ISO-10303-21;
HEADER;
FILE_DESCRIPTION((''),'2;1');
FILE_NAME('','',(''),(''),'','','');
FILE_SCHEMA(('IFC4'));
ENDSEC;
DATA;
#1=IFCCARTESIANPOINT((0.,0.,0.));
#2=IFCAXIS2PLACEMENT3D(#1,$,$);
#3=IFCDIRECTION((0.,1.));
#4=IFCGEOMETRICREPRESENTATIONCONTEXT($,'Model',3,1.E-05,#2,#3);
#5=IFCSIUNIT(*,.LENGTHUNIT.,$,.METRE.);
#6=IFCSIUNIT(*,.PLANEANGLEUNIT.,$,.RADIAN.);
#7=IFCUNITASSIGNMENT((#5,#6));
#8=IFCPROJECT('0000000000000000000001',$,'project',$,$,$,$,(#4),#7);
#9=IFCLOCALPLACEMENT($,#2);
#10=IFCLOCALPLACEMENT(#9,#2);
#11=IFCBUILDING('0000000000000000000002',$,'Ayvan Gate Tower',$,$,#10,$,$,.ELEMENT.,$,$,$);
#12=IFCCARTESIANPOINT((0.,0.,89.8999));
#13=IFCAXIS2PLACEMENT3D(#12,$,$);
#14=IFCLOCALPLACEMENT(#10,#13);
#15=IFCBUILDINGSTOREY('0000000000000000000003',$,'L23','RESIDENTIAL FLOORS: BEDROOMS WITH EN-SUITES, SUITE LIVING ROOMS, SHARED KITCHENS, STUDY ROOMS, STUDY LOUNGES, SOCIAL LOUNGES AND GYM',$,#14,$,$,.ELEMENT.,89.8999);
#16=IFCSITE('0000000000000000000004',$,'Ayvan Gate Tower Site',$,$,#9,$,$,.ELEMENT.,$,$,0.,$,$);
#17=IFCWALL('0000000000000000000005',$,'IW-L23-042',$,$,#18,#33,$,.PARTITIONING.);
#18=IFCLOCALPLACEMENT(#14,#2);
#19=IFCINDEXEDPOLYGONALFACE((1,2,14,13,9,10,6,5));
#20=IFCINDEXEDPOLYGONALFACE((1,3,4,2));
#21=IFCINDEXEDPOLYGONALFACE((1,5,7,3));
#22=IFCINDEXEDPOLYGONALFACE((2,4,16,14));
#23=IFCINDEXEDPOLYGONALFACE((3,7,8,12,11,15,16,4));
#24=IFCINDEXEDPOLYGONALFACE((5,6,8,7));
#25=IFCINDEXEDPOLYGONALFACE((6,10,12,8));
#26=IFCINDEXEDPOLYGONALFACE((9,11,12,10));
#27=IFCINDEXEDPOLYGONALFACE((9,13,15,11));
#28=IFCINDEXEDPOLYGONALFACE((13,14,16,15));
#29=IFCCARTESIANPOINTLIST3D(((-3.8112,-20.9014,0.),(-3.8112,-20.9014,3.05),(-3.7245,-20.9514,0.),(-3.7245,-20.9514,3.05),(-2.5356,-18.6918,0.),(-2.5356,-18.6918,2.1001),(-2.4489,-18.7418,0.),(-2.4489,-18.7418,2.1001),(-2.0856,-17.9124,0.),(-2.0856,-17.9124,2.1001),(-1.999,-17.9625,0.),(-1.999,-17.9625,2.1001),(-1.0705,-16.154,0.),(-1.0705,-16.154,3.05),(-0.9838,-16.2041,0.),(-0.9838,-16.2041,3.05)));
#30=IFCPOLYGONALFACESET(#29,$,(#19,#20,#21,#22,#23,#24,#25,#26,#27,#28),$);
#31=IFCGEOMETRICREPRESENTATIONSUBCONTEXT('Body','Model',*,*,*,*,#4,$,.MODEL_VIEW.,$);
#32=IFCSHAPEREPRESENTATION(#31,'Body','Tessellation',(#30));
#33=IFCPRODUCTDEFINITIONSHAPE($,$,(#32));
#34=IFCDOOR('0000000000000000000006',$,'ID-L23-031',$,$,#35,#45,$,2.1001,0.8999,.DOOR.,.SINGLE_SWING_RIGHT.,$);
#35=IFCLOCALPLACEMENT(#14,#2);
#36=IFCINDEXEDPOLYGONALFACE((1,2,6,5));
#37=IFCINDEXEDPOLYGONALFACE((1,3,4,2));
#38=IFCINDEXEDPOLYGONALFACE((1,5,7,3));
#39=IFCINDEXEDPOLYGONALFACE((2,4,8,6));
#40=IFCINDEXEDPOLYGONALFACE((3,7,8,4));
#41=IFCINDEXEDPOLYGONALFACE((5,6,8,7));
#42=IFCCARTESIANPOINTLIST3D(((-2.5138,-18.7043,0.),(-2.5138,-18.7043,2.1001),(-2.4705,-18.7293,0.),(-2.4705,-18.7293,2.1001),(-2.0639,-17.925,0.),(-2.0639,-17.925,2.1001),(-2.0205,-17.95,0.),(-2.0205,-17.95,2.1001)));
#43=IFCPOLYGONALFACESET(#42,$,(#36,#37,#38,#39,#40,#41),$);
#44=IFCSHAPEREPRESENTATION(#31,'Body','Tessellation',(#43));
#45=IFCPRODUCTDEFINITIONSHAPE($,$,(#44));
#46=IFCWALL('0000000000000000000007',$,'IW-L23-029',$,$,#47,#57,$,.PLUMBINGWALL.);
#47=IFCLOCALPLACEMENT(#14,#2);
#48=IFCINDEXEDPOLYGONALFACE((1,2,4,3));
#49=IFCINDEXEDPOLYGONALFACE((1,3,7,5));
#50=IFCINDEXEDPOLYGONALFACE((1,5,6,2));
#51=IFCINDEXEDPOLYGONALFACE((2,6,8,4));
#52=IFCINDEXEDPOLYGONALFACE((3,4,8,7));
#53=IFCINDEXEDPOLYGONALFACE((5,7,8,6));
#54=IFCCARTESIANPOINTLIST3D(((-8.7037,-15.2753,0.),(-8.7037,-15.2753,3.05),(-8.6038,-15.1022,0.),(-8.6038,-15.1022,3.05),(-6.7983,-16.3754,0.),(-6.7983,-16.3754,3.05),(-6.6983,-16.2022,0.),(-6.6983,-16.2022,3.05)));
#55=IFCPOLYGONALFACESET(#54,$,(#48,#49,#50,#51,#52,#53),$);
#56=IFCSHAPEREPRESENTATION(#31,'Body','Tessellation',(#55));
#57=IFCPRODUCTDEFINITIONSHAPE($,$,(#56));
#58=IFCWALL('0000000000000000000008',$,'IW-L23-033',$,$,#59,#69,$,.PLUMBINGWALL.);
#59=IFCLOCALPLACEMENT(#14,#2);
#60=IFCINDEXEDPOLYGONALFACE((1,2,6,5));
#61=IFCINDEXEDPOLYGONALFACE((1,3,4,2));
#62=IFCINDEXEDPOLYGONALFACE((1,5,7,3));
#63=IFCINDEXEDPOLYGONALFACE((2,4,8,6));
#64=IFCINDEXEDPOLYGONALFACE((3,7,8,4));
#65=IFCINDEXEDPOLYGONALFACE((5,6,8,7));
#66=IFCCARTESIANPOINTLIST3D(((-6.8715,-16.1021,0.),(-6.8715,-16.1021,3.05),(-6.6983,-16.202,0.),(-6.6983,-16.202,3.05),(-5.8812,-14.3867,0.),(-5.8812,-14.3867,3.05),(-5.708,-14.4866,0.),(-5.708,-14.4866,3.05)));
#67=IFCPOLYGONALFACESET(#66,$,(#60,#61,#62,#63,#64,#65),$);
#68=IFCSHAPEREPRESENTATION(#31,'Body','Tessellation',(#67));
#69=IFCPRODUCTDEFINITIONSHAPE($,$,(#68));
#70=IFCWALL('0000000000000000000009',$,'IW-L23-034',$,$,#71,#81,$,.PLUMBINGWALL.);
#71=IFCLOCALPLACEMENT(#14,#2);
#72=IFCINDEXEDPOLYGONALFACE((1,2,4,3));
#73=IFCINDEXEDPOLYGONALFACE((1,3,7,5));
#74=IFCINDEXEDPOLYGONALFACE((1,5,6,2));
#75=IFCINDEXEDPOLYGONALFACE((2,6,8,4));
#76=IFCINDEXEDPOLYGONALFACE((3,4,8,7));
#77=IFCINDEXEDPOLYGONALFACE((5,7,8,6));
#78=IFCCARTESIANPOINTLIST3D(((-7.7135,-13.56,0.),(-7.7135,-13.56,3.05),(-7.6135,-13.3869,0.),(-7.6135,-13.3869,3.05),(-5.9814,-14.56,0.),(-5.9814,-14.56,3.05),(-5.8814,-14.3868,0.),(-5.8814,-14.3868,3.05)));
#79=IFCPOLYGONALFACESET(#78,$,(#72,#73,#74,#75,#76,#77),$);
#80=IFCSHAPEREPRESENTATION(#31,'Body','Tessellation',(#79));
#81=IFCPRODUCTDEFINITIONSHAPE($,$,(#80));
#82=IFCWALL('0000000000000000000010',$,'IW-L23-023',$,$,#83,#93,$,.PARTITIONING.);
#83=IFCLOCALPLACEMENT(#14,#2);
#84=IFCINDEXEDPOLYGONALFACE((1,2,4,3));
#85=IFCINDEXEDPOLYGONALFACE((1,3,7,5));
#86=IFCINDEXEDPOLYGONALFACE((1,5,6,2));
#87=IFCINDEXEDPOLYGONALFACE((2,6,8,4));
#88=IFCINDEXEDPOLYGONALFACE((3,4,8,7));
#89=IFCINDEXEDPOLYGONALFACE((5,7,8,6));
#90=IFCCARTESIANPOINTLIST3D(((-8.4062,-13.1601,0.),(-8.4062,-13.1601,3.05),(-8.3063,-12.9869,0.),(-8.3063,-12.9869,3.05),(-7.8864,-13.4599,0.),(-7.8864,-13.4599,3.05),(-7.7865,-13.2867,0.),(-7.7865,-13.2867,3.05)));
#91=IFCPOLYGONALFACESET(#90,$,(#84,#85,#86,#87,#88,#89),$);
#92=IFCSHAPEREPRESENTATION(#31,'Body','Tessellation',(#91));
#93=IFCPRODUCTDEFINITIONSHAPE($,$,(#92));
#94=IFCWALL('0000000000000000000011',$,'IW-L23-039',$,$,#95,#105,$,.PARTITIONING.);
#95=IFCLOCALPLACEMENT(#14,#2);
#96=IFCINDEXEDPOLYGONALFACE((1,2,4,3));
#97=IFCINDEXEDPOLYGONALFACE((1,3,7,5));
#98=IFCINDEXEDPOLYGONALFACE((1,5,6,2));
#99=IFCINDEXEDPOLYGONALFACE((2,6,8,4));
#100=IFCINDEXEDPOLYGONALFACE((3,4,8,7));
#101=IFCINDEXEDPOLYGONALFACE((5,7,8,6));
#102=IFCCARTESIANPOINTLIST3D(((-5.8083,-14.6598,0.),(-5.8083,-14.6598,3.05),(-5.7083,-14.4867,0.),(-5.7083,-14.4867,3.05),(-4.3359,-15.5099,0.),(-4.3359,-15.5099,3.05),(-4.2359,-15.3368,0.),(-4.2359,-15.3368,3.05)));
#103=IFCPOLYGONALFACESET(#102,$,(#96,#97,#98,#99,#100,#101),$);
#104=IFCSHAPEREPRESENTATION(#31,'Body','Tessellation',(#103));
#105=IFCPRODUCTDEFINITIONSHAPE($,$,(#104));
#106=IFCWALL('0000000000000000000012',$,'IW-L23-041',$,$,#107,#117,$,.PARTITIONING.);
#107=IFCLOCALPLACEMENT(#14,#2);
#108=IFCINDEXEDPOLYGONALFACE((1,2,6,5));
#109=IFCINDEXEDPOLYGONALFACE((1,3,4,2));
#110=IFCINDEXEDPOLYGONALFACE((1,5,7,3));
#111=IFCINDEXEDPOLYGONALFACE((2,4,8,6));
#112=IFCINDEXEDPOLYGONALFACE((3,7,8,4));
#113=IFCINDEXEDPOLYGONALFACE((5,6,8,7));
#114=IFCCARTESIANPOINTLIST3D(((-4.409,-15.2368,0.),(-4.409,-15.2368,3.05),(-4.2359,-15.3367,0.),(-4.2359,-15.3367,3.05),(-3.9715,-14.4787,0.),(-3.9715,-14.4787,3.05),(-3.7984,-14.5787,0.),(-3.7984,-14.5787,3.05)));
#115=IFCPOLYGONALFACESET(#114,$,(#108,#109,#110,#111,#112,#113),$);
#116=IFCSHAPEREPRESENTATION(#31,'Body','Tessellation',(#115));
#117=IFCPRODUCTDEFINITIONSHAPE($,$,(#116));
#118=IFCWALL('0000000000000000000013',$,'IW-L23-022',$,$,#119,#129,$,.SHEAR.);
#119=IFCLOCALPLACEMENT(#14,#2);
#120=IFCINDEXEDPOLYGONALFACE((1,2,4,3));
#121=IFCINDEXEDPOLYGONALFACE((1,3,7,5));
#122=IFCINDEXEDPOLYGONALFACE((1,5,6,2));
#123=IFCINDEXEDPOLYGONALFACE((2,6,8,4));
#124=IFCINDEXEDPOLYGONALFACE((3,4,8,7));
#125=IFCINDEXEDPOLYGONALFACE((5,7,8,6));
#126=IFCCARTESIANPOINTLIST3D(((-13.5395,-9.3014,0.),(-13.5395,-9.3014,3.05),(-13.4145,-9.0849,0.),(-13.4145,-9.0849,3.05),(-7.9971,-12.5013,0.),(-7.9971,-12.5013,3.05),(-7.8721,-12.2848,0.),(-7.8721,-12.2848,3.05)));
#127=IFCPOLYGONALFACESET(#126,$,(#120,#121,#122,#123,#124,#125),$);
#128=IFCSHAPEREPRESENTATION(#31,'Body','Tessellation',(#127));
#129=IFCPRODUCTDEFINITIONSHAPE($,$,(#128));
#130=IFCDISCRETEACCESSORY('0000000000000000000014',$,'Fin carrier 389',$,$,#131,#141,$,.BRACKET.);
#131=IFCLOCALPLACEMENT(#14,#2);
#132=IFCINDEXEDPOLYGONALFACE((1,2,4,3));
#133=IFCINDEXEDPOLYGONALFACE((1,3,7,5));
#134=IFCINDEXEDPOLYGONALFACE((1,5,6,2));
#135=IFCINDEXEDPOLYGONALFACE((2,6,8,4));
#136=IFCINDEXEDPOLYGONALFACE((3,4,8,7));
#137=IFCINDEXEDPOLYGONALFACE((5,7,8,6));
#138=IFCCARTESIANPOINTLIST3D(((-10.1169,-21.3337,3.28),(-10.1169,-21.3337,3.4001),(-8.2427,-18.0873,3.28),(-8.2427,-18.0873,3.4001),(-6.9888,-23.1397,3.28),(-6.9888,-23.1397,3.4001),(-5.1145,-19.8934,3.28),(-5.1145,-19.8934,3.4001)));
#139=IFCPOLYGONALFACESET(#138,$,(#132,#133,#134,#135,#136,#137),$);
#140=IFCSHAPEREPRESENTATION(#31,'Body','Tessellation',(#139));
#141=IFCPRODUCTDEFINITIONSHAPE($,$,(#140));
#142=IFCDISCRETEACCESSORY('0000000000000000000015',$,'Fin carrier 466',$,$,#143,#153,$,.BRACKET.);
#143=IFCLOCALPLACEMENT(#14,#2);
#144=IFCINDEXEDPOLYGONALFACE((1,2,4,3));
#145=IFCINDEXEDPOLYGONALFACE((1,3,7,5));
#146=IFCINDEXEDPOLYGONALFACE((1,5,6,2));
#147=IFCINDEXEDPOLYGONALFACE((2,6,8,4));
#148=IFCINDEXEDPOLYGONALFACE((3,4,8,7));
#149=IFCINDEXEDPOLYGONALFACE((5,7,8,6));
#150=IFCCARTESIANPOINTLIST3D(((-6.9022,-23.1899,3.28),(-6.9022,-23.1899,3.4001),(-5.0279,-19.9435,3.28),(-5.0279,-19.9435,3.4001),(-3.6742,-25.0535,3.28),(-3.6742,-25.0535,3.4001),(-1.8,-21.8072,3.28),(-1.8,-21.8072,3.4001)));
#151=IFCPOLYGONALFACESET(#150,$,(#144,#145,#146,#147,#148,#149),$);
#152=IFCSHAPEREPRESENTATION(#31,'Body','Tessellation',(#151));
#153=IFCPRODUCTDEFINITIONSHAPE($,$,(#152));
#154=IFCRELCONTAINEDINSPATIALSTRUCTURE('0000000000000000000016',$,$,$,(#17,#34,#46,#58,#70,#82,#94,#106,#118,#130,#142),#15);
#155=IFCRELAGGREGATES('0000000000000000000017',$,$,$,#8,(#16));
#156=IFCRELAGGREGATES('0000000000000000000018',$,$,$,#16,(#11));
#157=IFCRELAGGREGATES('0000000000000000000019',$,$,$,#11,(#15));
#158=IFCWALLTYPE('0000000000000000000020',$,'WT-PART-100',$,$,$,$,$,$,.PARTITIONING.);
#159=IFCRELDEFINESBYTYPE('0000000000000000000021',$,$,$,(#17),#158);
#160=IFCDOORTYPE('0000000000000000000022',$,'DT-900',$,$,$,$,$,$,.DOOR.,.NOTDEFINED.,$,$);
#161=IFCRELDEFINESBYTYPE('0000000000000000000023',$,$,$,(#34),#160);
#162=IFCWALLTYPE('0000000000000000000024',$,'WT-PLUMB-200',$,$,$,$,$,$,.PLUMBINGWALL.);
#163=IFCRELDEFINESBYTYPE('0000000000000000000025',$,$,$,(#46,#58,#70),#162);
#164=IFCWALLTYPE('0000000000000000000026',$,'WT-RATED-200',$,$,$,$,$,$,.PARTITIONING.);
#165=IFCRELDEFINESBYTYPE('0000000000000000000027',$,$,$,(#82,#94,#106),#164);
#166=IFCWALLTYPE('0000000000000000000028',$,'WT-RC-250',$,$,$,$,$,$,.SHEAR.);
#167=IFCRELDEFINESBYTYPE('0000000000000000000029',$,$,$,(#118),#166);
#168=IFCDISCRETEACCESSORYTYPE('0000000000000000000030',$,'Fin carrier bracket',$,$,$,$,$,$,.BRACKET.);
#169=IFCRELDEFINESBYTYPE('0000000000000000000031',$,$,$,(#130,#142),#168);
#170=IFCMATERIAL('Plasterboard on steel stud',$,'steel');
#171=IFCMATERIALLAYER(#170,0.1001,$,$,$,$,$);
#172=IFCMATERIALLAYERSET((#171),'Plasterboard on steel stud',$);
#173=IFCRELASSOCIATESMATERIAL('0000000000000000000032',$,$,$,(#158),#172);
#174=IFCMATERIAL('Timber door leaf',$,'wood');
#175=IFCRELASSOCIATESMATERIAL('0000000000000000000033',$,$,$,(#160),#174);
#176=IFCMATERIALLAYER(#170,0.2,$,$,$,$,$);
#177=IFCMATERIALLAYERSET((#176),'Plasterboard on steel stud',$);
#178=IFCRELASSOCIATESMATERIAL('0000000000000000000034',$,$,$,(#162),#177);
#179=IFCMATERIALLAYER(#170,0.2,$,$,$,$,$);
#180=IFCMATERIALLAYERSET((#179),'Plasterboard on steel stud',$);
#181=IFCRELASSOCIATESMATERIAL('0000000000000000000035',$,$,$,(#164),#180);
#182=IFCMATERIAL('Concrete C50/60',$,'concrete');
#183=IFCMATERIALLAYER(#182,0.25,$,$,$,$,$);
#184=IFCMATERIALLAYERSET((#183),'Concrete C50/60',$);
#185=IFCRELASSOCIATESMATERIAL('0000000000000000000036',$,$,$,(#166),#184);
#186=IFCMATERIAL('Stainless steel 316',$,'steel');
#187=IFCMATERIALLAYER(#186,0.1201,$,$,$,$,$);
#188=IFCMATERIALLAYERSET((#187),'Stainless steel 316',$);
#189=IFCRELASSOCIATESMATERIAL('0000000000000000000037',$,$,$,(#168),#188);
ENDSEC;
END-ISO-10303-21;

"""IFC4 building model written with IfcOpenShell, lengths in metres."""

from ifc_helpers import new_model, si_unit, direction, frame, frame_2d, origin, origin_2d, place, context, subcontext, project, spatial, rectangle, extrude, material, layer, layer_set, type_object, element, fill, save


model = new_model("IFC4")

# Units and contexts
model_context = context("Model", 3, precision=1e-05, world=origin(), true_north=direction((0.0, 1.0)))
body_context = subcontext(model_context, "Body", "Model", "MODEL_VIEW")
ifc_project = project(units=[si_unit("LENGTHUNIT", "METRE"), si_unit("PLANEANGLEUNIT", "RADIAN")], contexts=[model_context])

# Site, building, storey
site_placement = place(None, origin())
site = spatial("IfcSite", under=ifc_project, at=site_placement, Name="Ayvan Gate Tower Site", CompositionType="ELEMENT", RefElevation=0.0)
building_placement = place(site_placement, origin())
building = spatial("IfcBuilding", under=site, at=building_placement, Name="Ayvan Gate Tower", CompositionType="ELEMENT")
storey_placement = place(building_placement, frame((0.0, 0.0, 89.8999)))
storey = spatial("IfcBuildingStorey", under=building, at=storey_placement, Name="L23", Description="RESIDENTIAL FLOORS: BEDROOMS WITH EN-SUITES, SUITE LIVING ROOMS, SHARED KITCHENS, STUDY ROOMS, STUDY LOUNGES, SOCIAL LOUNGES AND GYM", CompositionType="ELEMENT", Elevation=89.8999)

# Wall, opening, door
ifc_material_1 = material(Name="Plasterboard on steel stud", Category="steel")
ifc_layer_1 = layer(ifc_material_1, 0.1001)
ifc_layer_set_1 = layer_set([ifc_layer_1], Name="Plasterboard on steel stud")
wall_type_1 = type_object("IfcWallType", Name="WT-PART-100", PredefinedType="PARTITIONING", material=ifc_layer_set_1)
wall_1_placement = place(storey_placement, frame((-3.7678, -20.9263, 0.0), z_axis=(0.0, 0.0, 1.0), x_axis=(0.499981, 0.866037, 0.0)))
wall_1 = element("IfcWall", 1, at=wall_1_placement, inside=storey, type_object=wall_type_1, Name="IW-L23-042", PredefinedType="PARTITIONING", context=body_context, shape_type="SweptSolid", body=[
    extrude(rectangle(XDim=5.4817, YDim=0.1001, at=frame_2d((2.7407, 0.0))), origin(), (0.0, 0.0, 1.0), 3.05),
])
opening_placement = place(wall_1_placement, frame((2.5513, 0.0, 0.0)))
opening = element("IfcOpeningElement", 2, at=opening_placement, cuts=wall_1, PredefinedType="OPENING", context=body_context, shape_type="SweptSolid", body=[
    extrude(rectangle(XDim=0.8999, YDim=2.1001, at=frame_2d((0.45, 1.05))), frame((0.0, 0.0601, 0.0), z_axis=(0.0, -1.0, 0.0), x_axis=(1.0, 0.0, 0.0)), (0.0, 0.0, 1.0), 0.1201),
])
ifc_material_2 = material(Name="Timber door leaf", Category="wood")
door_type = type_object("IfcDoorType", Name="DT-900", OperationType="NOTDEFINED", PredefinedType="DOOR", material=ifc_material_2)
door_placement = place(opening_placement, origin())
door = element("IfcDoor", 3, at=door_placement, inside=storey, type_object=door_type, Name="ID-L23-031", OperationType="SINGLE_SWING_RIGHT", OverallHeight=2.1001, OverallWidth=0.8999, PredefinedType="DOOR", context=body_context, shape_type="SweptSolid", body=[
    extrude(rectangle(XDim=0.8999, YDim=2.1001, at=frame_2d((0.45, 1.05))), frame((0.0, 0.0249, 0.0), z_axis=(0.0, -1.0, 0.0), x_axis=(1.0, 0.0, 0.0)), (0.0, 0.0, 1.0), 0.05),
])
fill(opening, door)

# Walls
ifc_layer_2 = layer(ifc_material_1, 0.2)
ifc_layer_set_2 = layer_set([ifc_layer_2], Name="Plasterboard on steel stud")
wall_type_2 = type_object("IfcWallType", Name="WT-PLUMB-200", PredefinedType="PLUMBINGWALL", material=ifc_layer_set_2)
wall_2_placement = place(storey_placement, frame((-6.7483, -16.2888, 0.0), z_axis=(0.0, 0.0, 1.0), x_axis=(-0.866036, 0.499982, 0.0)))
element("IfcWall", 4, at=wall_2_placement, inside=storey, type_object=wall_type_2, Name="IW-L23-029", PredefinedType="PLUMBINGWALL", context=body_context, shape_type="SweptSolid", body=[
    extrude(rectangle(XDim=2.2002, YDim=0.2, at=frame_2d((1.1001, 0.0))), origin(), (0.0, 0.0, 1.0), 3.05),
])
wall_3_placement = place(storey_placement, frame((-5.7947, -14.4368, 0.0), z_axis=(0.0, 0.0, 1.0), x_axis=(-0.499957, -0.86605, 0.0)))
element("IfcWall", 5, at=wall_3_placement, inside=storey, type_object=wall_type_2, Name="IW-L23-033", PredefinedType="PLUMBINGWALL", context=body_context, shape_type="SweptSolid", body=[
    extrude(rectangle(XDim=1.9807, YDim=0.2, at=frame_2d((0.9902, 0.0))), origin(), (0.0, 0.0, 1.0), 3.05),
])
wall_4_placement = place(storey_placement, frame((-5.9314, -14.4734, 0.0), z_axis=(0.0, 0.0, 1.0), x_axis=(-0.866041, 0.499973, 0.0)))
element("IfcWall", 6, at=wall_4_placement, inside=storey, type_object=wall_type_2, Name="IW-L23-034", PredefinedType="PLUMBINGWALL", context=body_context, shape_type="SweptSolid", body=[
    extrude(rectangle(XDim=2.0, YDim=0.2, at=frame_2d((1.0, 0.0))), origin(), (0.0, 0.0, 1.0), 3.05),
])
ifc_layer_3 = layer(ifc_material_1, 0.2)
ifc_layer_set_3 = layer_set([ifc_layer_3], Name="Plasterboard on steel stud")
wall_type_3 = type_object("IfcWallType", Name="WT-RATED-200", PredefinedType="PARTITIONING", material=ifc_layer_set_3)
wall_5_placement = place(storey_placement, frame((-7.8364, -13.3733, 0.0), z_axis=(0.0, 0.0, 1.0), x_axis=(-0.866233, 0.49964, 0.0)))
element("IfcWall", 7, at=wall_5_placement, inside=storey, type_object=wall_type_3, Name="IW-L23-023", PredefinedType="PARTITIONING", context=body_context, shape_type="SweptSolid", body=[
    extrude(rectangle(XDim=0.6001, YDim=0.2, at=frame_2d((0.3, 0.0))), origin(), (0.0, 0.0, 1.0), 3.05),
])
wall_6_placement = place(storey_placement, frame((-4.2859, -15.4233, 0.0), z_axis=(0.0, 0.0, 1.0), x_axis=(-0.866025, 0.5, 0.0)))
element("IfcWall", 8, at=wall_6_placement, inside=storey, type_object=wall_type_3, Name="IW-L23-039", PredefinedType="PARTITIONING", context=body_context, shape_type="SweptSolid", body=[
    extrude(rectangle(XDim=1.7002, YDim=0.2, at=frame_2d((0.8501, 0.0))), origin(), (0.0, 0.0, 1.0), 3.05),
])
wall_7_placement = place(storey_placement, frame((-3.885, -14.5288, 0.0), z_axis=(0.0, 0.0, 1.0), x_axis=(-0.499859, -0.866107, 0.0)))
element("IfcWall", 9, at=wall_7_placement, inside=storey, type_object=wall_type_3, Name="IW-L23-041", PredefinedType="PARTITIONING", context=body_context, shape_type="SweptSolid", body=[
    extrude(rectangle(XDim=0.8752, YDim=0.2, at=frame_2d((0.4375, 0.0))), origin(), (0.0, 0.0, 1.0), 3.05),
])
ifc_material_3 = material(Name="Concrete C50/60", Category="concrete")
ifc_layer_4 = layer(ifc_material_3, 0.25)
ifc_layer_set_4 = layer_set([ifc_layer_4], Name="Concrete C50/60")
wall_type_4 = type_object("IfcWallType", Name="WT-RC-250", PredefinedType="SHEAR", material=ifc_layer_set_4)
wall_8_placement = place(storey_placement, frame((-7.9346, -12.3931, 0.0), z_axis=(0.0, 0.0, 1.0), x_axis=(-0.866025, 0.5, 0.0)))
element("IfcWall", 10, at=wall_8_placement, inside=storey, type_object=wall_type_4, Name="IW-L23-022", PredefinedType="SHEAR", context=body_context, shape_type="SweptSolid", body=[
    extrude(rectangle(XDim=6.3999, YDim=0.25, at=frame_2d((3.2, 0.0))), origin(), (0.0, 0.0, 1.0), 3.05),
])

# Discrete accessories
ifc_material_4 = material(Name="Stainless steel 316", Category="steel")
ifc_layer_5 = layer(ifc_material_4, 0.1201)
ifc_layer_set_5 = layer_set([ifc_layer_5], Name="Stainless steel 316")
discrete_accessory_type = type_object("IfcDiscreteAccessoryType", Name="Fin carrier bracket", PredefinedType="BRACKET", material=ifc_layer_set_5)
discrete_accessory_1_placement = place(storey_placement, frame((-7.6157, -20.6135, 3.28), z_axis=(0.0, 0.0, 1.0), x_axis=(0.866025, -0.5, 0.0)))
element("IfcDiscreteAccessory", 11, at=discrete_accessory_1_placement, inside=storey, type_object=discrete_accessory_type, Name="Fin carrier 389", PredefinedType="BRACKET", context=body_context, shape_type="SweptSolid", body=[
    extrude(rectangle(XDim=3.6121, YDim=3.7485, at=origin_2d()), origin(), (0.0, 0.0, 1.0), 0.1201),
])
discrete_accessory_2_placement = place(storey_placement, frame((-4.3511, -22.4985, 3.28), z_axis=(0.0, 0.0, 1.0), x_axis=(0.866025, -0.5, 0.0)))
element("IfcDiscreteAccessory", 12, at=discrete_accessory_2_placement, inside=storey, type_object=discrete_accessory_type, Name="Fin carrier 466", PredefinedType="BRACKET", context=body_context, shape_type="SweptSolid", body=[
    extrude(rectangle(XDim=3.7273, YDim=3.7485, at=origin_2d()), origin(), (0.0, 0.0, 1.0), 0.1201),
])

save(model, "model.ifc")
